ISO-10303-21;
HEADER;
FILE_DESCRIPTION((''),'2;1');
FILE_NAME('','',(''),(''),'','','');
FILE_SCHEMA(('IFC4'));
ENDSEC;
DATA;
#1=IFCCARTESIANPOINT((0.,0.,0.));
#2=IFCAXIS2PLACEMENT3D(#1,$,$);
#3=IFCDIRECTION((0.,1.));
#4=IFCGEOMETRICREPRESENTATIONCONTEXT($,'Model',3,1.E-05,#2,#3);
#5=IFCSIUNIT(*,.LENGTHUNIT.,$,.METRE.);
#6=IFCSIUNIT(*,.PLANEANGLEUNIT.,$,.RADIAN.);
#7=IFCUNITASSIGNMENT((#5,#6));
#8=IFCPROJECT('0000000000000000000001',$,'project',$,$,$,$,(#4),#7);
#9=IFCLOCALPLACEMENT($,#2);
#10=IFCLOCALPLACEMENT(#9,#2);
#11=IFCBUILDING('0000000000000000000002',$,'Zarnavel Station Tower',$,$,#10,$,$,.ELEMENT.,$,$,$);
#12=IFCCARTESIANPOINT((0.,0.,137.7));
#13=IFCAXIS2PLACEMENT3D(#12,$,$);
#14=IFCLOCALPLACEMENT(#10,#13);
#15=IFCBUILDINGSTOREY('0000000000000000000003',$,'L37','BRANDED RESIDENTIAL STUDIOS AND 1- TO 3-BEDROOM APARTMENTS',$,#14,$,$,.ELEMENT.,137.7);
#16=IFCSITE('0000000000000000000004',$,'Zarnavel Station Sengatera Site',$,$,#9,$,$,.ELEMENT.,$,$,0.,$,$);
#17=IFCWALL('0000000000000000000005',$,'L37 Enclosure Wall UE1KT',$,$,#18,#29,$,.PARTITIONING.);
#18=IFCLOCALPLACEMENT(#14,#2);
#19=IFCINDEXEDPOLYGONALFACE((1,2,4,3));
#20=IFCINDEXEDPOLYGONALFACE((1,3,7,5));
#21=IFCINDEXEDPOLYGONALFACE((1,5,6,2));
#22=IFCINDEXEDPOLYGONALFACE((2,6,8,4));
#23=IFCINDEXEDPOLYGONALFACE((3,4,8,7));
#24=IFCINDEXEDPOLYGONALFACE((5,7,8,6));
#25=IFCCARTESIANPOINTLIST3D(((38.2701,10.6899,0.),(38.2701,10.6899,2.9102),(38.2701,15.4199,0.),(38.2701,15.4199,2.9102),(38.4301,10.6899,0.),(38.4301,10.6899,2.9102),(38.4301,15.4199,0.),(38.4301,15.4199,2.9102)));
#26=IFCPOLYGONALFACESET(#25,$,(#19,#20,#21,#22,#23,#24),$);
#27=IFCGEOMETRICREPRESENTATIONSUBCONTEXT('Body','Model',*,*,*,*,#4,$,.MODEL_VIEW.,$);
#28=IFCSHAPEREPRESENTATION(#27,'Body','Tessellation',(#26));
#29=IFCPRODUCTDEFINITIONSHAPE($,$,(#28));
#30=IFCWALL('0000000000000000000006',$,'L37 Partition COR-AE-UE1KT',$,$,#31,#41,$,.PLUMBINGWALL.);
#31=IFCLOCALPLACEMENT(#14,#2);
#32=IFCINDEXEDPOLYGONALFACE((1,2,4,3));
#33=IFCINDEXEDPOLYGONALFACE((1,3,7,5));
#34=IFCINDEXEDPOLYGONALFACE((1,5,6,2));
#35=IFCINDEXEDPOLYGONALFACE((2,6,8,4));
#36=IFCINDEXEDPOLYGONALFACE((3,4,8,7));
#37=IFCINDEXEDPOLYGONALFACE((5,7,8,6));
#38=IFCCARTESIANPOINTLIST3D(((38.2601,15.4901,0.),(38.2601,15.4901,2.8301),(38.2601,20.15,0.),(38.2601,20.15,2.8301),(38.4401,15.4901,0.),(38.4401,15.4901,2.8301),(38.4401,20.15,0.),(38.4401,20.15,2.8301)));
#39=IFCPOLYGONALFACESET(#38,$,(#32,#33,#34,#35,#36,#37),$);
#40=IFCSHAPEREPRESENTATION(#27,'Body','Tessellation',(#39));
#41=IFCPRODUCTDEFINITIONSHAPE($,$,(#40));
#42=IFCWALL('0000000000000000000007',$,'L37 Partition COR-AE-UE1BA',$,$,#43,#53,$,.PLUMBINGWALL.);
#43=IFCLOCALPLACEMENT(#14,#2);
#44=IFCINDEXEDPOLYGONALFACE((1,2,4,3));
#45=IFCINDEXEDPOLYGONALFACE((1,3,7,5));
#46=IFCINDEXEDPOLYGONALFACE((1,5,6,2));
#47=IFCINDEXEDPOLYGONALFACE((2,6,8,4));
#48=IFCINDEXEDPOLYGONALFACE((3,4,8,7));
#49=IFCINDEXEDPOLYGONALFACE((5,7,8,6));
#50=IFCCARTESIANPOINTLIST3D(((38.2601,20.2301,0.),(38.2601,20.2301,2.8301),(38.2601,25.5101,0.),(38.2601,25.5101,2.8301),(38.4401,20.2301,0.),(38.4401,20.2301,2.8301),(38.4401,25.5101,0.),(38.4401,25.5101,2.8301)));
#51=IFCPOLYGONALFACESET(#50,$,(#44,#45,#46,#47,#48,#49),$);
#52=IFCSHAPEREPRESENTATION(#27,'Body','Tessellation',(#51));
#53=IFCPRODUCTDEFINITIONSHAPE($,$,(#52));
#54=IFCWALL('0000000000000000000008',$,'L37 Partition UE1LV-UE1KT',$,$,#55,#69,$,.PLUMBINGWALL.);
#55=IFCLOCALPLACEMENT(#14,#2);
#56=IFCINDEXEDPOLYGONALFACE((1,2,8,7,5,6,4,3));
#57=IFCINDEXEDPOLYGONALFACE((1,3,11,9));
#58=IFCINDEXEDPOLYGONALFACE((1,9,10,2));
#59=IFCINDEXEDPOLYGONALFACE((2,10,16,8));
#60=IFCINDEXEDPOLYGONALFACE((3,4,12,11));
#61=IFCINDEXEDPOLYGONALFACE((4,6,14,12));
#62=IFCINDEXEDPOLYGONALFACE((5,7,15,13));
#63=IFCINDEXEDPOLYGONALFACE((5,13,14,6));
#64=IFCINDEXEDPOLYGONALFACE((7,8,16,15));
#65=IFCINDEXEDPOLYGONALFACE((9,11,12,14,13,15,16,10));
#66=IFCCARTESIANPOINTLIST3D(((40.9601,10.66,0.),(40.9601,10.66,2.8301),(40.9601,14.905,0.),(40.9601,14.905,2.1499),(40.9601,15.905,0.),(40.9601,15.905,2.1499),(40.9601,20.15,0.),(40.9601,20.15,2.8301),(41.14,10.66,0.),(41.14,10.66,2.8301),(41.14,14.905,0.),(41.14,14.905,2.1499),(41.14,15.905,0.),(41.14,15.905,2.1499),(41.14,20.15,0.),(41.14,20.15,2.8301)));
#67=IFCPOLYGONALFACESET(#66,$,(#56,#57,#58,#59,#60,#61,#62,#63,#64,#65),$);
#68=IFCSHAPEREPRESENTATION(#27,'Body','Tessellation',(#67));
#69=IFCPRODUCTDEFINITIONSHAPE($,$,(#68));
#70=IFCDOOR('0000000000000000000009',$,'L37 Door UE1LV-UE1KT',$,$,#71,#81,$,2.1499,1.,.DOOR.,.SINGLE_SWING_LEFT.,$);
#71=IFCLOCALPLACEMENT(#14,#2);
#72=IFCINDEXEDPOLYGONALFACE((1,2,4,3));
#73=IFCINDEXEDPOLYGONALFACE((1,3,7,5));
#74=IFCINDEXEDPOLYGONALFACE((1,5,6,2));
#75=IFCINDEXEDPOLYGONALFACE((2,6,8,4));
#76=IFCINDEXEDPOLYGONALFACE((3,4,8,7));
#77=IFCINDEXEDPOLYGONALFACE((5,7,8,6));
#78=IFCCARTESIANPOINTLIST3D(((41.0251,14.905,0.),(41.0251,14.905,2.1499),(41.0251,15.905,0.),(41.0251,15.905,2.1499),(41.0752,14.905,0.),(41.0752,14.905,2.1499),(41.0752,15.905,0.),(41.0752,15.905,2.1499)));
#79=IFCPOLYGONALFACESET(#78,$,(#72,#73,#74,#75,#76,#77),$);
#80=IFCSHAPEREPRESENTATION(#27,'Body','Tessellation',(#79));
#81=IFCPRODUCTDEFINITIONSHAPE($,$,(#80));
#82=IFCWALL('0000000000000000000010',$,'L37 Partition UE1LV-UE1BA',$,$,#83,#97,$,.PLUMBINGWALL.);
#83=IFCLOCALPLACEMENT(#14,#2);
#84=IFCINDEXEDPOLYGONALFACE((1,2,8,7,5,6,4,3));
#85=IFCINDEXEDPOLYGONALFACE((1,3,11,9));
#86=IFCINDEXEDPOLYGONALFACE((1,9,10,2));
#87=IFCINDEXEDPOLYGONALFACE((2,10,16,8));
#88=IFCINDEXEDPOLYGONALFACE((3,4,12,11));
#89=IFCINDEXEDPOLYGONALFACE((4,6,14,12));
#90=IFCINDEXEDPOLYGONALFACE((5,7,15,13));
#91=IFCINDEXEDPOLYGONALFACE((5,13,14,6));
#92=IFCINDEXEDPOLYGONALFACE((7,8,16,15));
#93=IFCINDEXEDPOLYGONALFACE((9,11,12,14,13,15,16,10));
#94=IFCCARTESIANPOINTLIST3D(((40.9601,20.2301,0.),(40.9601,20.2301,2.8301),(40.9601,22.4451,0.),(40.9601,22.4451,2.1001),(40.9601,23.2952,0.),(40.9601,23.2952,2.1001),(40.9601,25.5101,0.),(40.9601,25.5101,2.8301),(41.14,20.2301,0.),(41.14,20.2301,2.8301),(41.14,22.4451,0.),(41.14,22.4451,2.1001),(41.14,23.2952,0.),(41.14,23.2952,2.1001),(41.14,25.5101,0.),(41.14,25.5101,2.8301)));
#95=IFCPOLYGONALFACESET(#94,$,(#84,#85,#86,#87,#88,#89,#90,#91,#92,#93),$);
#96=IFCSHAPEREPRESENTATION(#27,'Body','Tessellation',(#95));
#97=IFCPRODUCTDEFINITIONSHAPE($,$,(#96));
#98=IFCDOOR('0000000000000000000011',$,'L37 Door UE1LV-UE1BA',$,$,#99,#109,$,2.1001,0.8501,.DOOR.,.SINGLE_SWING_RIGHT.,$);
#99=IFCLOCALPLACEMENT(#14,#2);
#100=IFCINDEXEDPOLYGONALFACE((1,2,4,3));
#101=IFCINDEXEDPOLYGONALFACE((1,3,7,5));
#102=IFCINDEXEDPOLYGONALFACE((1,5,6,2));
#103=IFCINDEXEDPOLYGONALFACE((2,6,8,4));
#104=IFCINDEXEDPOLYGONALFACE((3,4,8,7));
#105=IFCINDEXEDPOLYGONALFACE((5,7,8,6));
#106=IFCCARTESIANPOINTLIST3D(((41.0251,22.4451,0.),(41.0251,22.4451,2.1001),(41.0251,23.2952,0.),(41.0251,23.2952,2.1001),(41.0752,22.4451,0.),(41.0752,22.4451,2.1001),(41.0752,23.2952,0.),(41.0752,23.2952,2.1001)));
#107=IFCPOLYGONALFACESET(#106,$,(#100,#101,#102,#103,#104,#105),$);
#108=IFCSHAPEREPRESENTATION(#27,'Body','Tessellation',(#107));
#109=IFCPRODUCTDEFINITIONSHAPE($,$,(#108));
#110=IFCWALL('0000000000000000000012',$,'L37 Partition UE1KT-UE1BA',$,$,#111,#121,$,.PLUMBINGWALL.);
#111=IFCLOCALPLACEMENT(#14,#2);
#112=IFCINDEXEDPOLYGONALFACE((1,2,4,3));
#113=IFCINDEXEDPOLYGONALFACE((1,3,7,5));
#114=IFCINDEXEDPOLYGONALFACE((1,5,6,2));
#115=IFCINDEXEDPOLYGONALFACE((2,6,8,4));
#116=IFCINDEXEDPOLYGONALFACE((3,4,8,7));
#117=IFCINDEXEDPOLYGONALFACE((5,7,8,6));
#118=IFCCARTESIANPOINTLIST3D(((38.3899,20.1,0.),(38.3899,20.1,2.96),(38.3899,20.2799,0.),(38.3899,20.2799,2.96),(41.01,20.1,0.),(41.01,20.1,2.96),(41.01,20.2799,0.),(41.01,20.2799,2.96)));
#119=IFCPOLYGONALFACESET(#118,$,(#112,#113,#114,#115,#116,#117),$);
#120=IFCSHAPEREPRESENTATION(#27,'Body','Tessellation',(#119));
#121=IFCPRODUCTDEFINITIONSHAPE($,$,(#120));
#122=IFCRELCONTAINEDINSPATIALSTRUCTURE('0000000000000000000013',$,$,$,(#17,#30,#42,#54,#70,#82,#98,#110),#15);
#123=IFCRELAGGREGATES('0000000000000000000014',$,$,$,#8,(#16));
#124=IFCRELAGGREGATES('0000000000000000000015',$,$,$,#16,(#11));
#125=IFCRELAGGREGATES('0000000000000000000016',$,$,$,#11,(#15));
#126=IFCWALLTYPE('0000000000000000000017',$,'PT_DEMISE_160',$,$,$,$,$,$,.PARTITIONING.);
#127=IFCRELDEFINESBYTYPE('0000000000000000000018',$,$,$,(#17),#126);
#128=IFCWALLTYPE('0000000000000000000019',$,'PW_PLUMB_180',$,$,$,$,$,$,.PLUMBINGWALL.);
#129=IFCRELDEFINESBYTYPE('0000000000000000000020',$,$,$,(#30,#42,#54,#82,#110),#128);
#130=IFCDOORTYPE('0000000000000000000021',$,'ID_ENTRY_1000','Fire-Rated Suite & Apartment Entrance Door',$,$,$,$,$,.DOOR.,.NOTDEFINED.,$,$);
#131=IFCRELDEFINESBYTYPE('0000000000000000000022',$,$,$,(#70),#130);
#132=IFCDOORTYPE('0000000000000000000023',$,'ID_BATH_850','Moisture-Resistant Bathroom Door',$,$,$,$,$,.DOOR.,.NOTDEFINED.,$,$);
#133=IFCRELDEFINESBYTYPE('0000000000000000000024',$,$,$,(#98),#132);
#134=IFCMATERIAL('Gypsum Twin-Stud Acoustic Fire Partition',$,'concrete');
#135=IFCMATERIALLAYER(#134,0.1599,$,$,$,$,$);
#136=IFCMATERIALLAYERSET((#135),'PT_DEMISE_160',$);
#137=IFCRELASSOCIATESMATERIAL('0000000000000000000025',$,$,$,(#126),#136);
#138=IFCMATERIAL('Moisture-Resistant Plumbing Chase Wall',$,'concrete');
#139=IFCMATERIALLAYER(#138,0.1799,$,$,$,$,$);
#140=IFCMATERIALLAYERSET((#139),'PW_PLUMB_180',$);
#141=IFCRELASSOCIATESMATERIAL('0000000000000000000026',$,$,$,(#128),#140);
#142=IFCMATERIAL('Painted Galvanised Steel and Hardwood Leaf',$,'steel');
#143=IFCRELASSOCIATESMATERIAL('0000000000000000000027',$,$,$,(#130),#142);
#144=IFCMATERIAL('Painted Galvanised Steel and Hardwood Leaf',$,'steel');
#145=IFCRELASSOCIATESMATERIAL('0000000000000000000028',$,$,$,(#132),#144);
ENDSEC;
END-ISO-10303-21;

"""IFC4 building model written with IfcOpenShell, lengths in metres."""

from ifc_helpers import new_model, si_unit, direction, frame, frame_2d, origin, place, context, subcontext, project, spatial, rectangle, extrude, material, layer, layer_set, type_object, element, fill, save


model = new_model("IFC4")

# Units and contexts
model_context = context("Model", 3, precision=1e-05, world=origin(), true_north=direction((0.0, 1.0)))
body_context = subcontext(model_context, "Body", "Model", "MODEL_VIEW")
ifc_project = project(units=[si_unit("LENGTHUNIT", "METRE"), si_unit("PLANEANGLEUNIT", "RADIAN")], contexts=[model_context])

# Site, building, storey
site_placement = place(None, origin())
site = spatial("IfcSite", under=ifc_project, at=site_placement, Name="Zarnavel Station Sengatera Site", CompositionType="ELEMENT", RefElevation=0.0)
building_placement = place(site_placement, origin())
building = spatial("IfcBuilding", under=site, at=building_placement, Name="Zarnavel Station Tower", CompositionType="ELEMENT")
storey_placement = place(building_placement, frame((0.0, 0.0, 137.7)))
storey = spatial("IfcBuildingStorey", under=building, at=storey_placement, Name="L37", Description="BRANDED RESIDENTIAL STUDIOS AND 1- TO 3-BEDROOM APARTMENTS", CompositionType="ELEMENT", Elevation=137.7)

# Walls
ifc_material_1 = material(Name="Gypsum Twin-Stud Acoustic Fire Partition", Category="concrete")
ifc_layer_1 = layer(ifc_material_1, 0.1599)
ifc_layer_set_1 = layer_set([ifc_layer_1], Name="PT_DEMISE_160")
wall_type_1 = type_object("IfcWallType", Name="PT_DEMISE_160", PredefinedType="PARTITIONING", material=ifc_layer_set_1)
wall_1_placement = place(storey_placement, frame((38.3501, 10.6899, 0.0), z_axis=(0.0, 0.0, 1.0), x_axis=(0.0, 1.0, 0.0)))
element("IfcWall", 1, at=wall_1_placement, inside=storey, type_object=wall_type_1, Name="L37 Enclosure Wall UE1KT", PredefinedType="PARTITIONING", context=body_context, shape_type="SweptSolid", body=[
    extrude(rectangle(XDim=4.73, YDim=0.1599, at=frame_2d((2.365, 0.0))), origin(), (0.0, 0.0, 1.0), 2.9102),
])
ifc_material_2 = material(Name="Moisture-Resistant Plumbing Chase Wall", Category="concrete")
ifc_layer_2 = layer(ifc_material_2, 0.1799)
ifc_layer_set_2 = layer_set([ifc_layer_2], Name="PW_PLUMB_180")
wall_type_2 = type_object("IfcWallType", Name="PW_PLUMB_180", PredefinedType="PLUMBINGWALL", material=ifc_layer_set_2)
wall_2_placement = place(storey_placement, frame((38.3501, 15.49, 0.0), z_axis=(0.0, 0.0, 1.0), x_axis=(0.0, 1.0, 0.0)))
element("IfcWall", 2, at=wall_2_placement, inside=storey, type_object=wall_type_2, Name="L37 Partition COR-AE-UE1KT", PredefinedType="PLUMBINGWALL", context=body_context, shape_type="SweptSolid", body=[
    extrude(rectangle(XDim=4.6599, YDim=0.1799, at=frame_2d((2.3301, 0.0))), origin(), (0.0, 0.0, 1.0), 2.8301),
])
wall_3_placement = place(storey_placement, frame((38.3501, 20.23, 0.0), z_axis=(0.0, 0.0, 1.0), x_axis=(0.0, 1.0, 0.0)))
element("IfcWall", 3, at=wall_3_placement, inside=storey, type_object=wall_type_2, Name="L37 Partition COR-AE-UE1BA", PredefinedType="PLUMBINGWALL", context=body_context, shape_type="SweptSolid", body=[
    extrude(rectangle(XDim=5.28, YDim=0.1799, at=frame_2d((2.6401, 0.0))), origin(), (0.0, 0.0, 1.0), 2.8301),
])

# Walls, openings, doors
wall_4_placement = place(storey_placement, frame((41.05, 10.6599, 0.0), z_axis=(0.0, 0.0, 1.0), x_axis=(0.0, 1.0, 0.0)))
wall_4 = element("IfcWall", 4, at=wall_4_placement, inside=storey, type_object=wall_type_2, Name="L37 Partition UE1LV-UE1KT", PredefinedType="PLUMBINGWALL", context=body_context, shape_type="SweptSolid", body=[
    extrude(rectangle(XDim=9.49, YDim=0.1799, at=frame_2d((4.7451, 0.0))), origin(), (0.0, 0.0, 1.0), 2.8301),
])
opening_1_placement = place(wall_4_placement, frame((4.2451, 0.0, 0.0)))
opening_1 = element("IfcOpeningElement", 5, at=opening_1_placement, cuts=wall_4, PredefinedType="OPENING", context=body_context, shape_type="SweptSolid", body=[
    extrude(rectangle(XDim=1.0, YDim=2.1499, at=frame_2d((0.5, 1.075))), frame((0.0, 0.0999, 0.0), z_axis=(0.0, -1.0, 0.0), x_axis=(1.0, 0.0, 0.0)), (0.0, 0.0, 1.0), 0.2),
])
ifc_material_3 = material(Name="Painted Galvanised Steel and Hardwood Leaf", Category="steel")
door_type_1 = type_object("IfcDoorType", Name="ID_ENTRY_1000", Description="Fire-Rated Suite & Apartment Entrance Door", OperationType="NOTDEFINED", PredefinedType="DOOR", material=ifc_material_3)
door_1_placement = place(opening_1_placement, origin())
door_1 = element("IfcDoor", 6, at=door_1_placement, inside=storey, type_object=door_type_1, Name="L37 Door UE1LV-UE1KT", OperationType="SINGLE_SWING_LEFT", OverallHeight=2.1499, OverallWidth=1.0, PredefinedType="DOOR", context=body_context, shape_type="SweptSolid", body=[
    extrude(rectangle(XDim=1.0, YDim=2.1499, at=frame_2d((0.5, 1.075))), frame((0.0, 0.0249, 0.0), z_axis=(0.0, -1.0, 0.0), x_axis=(1.0, 0.0, 0.0)), (0.0, 0.0, 1.0), 0.05),
])
fill(opening_1, door_1)
wall_5_placement = place(storey_placement, frame((41.05, 20.23, 0.0), z_axis=(0.0, 0.0, 1.0), x_axis=(0.0, 1.0, 0.0)))
wall_5 = element("IfcWall", 7, at=wall_5_placement, inside=storey, type_object=wall_type_2, Name="L37 Partition UE1LV-UE1BA", PredefinedType="PLUMBINGWALL", context=body_context, shape_type="SweptSolid", body=[
    extrude(rectangle(XDim=5.28, YDim=0.1799, at=frame_2d((2.6401, 0.0))), origin(), (0.0, 0.0, 1.0), 2.8301),
])
opening_2_placement = place(wall_5_placement, frame((2.2151, 0.0, 0.0)))
opening_2 = element("IfcOpeningElement", 8, at=opening_2_placement, cuts=wall_5, PredefinedType="OPENING", context=body_context, shape_type="SweptSolid", body=[
    extrude(rectangle(XDim=0.8501, YDim=2.1001, at=frame_2d((0.425, 1.05))), frame((0.0, 0.0999, 0.0), z_axis=(0.0, -1.0, 0.0), x_axis=(1.0, 0.0, 0.0)), (0.0, 0.0, 1.0), 0.2),
])
ifc_material_4 = material(Name="Painted Galvanised Steel and Hardwood Leaf", Category="steel")
door_type_2 = type_object("IfcDoorType", Name="ID_BATH_850", Description="Moisture-Resistant Bathroom Door", OperationType="NOTDEFINED", PredefinedType="DOOR", material=ifc_material_4)
door_2_placement = place(opening_2_placement, origin())
door_2 = element("IfcDoor", 9, at=door_2_placement, inside=storey, type_object=door_type_2, Name="L37 Door UE1LV-UE1BA", OperationType="SINGLE_SWING_RIGHT", OverallHeight=2.1001, OverallWidth=0.8501, PredefinedType="DOOR", context=body_context, shape_type="SweptSolid", body=[
    extrude(rectangle(XDim=0.8501, YDim=2.1001, at=frame_2d((0.425, 1.05))), frame((0.0, 0.0249, 0.0), z_axis=(0.0, -1.0, 0.0), x_axis=(1.0, 0.0, 0.0)), (0.0, 0.0, 1.0), 0.05),
])
fill(opening_2, door_2)

# Wall
wall_6_placement = place(storey_placement, frame((38.3899, 20.1899, 0.0), z_axis=(0.0, 0.0, 1.0), x_axis=(1.0, 0.0, 0.0)))
element("IfcWall", 10, at=wall_6_placement, inside=storey, type_object=wall_type_2, Name="L37 Partition UE1KT-UE1BA", PredefinedType="PLUMBINGWALL", context=body_context, shape_type="SweptSolid", body=[
    extrude(rectangle(XDim=2.6201, YDim=0.1799, at=frame_2d((1.3101, 0.0))), origin(), (0.0, 0.0, 1.0), 2.96),
])

save(model, "model.ifc")
